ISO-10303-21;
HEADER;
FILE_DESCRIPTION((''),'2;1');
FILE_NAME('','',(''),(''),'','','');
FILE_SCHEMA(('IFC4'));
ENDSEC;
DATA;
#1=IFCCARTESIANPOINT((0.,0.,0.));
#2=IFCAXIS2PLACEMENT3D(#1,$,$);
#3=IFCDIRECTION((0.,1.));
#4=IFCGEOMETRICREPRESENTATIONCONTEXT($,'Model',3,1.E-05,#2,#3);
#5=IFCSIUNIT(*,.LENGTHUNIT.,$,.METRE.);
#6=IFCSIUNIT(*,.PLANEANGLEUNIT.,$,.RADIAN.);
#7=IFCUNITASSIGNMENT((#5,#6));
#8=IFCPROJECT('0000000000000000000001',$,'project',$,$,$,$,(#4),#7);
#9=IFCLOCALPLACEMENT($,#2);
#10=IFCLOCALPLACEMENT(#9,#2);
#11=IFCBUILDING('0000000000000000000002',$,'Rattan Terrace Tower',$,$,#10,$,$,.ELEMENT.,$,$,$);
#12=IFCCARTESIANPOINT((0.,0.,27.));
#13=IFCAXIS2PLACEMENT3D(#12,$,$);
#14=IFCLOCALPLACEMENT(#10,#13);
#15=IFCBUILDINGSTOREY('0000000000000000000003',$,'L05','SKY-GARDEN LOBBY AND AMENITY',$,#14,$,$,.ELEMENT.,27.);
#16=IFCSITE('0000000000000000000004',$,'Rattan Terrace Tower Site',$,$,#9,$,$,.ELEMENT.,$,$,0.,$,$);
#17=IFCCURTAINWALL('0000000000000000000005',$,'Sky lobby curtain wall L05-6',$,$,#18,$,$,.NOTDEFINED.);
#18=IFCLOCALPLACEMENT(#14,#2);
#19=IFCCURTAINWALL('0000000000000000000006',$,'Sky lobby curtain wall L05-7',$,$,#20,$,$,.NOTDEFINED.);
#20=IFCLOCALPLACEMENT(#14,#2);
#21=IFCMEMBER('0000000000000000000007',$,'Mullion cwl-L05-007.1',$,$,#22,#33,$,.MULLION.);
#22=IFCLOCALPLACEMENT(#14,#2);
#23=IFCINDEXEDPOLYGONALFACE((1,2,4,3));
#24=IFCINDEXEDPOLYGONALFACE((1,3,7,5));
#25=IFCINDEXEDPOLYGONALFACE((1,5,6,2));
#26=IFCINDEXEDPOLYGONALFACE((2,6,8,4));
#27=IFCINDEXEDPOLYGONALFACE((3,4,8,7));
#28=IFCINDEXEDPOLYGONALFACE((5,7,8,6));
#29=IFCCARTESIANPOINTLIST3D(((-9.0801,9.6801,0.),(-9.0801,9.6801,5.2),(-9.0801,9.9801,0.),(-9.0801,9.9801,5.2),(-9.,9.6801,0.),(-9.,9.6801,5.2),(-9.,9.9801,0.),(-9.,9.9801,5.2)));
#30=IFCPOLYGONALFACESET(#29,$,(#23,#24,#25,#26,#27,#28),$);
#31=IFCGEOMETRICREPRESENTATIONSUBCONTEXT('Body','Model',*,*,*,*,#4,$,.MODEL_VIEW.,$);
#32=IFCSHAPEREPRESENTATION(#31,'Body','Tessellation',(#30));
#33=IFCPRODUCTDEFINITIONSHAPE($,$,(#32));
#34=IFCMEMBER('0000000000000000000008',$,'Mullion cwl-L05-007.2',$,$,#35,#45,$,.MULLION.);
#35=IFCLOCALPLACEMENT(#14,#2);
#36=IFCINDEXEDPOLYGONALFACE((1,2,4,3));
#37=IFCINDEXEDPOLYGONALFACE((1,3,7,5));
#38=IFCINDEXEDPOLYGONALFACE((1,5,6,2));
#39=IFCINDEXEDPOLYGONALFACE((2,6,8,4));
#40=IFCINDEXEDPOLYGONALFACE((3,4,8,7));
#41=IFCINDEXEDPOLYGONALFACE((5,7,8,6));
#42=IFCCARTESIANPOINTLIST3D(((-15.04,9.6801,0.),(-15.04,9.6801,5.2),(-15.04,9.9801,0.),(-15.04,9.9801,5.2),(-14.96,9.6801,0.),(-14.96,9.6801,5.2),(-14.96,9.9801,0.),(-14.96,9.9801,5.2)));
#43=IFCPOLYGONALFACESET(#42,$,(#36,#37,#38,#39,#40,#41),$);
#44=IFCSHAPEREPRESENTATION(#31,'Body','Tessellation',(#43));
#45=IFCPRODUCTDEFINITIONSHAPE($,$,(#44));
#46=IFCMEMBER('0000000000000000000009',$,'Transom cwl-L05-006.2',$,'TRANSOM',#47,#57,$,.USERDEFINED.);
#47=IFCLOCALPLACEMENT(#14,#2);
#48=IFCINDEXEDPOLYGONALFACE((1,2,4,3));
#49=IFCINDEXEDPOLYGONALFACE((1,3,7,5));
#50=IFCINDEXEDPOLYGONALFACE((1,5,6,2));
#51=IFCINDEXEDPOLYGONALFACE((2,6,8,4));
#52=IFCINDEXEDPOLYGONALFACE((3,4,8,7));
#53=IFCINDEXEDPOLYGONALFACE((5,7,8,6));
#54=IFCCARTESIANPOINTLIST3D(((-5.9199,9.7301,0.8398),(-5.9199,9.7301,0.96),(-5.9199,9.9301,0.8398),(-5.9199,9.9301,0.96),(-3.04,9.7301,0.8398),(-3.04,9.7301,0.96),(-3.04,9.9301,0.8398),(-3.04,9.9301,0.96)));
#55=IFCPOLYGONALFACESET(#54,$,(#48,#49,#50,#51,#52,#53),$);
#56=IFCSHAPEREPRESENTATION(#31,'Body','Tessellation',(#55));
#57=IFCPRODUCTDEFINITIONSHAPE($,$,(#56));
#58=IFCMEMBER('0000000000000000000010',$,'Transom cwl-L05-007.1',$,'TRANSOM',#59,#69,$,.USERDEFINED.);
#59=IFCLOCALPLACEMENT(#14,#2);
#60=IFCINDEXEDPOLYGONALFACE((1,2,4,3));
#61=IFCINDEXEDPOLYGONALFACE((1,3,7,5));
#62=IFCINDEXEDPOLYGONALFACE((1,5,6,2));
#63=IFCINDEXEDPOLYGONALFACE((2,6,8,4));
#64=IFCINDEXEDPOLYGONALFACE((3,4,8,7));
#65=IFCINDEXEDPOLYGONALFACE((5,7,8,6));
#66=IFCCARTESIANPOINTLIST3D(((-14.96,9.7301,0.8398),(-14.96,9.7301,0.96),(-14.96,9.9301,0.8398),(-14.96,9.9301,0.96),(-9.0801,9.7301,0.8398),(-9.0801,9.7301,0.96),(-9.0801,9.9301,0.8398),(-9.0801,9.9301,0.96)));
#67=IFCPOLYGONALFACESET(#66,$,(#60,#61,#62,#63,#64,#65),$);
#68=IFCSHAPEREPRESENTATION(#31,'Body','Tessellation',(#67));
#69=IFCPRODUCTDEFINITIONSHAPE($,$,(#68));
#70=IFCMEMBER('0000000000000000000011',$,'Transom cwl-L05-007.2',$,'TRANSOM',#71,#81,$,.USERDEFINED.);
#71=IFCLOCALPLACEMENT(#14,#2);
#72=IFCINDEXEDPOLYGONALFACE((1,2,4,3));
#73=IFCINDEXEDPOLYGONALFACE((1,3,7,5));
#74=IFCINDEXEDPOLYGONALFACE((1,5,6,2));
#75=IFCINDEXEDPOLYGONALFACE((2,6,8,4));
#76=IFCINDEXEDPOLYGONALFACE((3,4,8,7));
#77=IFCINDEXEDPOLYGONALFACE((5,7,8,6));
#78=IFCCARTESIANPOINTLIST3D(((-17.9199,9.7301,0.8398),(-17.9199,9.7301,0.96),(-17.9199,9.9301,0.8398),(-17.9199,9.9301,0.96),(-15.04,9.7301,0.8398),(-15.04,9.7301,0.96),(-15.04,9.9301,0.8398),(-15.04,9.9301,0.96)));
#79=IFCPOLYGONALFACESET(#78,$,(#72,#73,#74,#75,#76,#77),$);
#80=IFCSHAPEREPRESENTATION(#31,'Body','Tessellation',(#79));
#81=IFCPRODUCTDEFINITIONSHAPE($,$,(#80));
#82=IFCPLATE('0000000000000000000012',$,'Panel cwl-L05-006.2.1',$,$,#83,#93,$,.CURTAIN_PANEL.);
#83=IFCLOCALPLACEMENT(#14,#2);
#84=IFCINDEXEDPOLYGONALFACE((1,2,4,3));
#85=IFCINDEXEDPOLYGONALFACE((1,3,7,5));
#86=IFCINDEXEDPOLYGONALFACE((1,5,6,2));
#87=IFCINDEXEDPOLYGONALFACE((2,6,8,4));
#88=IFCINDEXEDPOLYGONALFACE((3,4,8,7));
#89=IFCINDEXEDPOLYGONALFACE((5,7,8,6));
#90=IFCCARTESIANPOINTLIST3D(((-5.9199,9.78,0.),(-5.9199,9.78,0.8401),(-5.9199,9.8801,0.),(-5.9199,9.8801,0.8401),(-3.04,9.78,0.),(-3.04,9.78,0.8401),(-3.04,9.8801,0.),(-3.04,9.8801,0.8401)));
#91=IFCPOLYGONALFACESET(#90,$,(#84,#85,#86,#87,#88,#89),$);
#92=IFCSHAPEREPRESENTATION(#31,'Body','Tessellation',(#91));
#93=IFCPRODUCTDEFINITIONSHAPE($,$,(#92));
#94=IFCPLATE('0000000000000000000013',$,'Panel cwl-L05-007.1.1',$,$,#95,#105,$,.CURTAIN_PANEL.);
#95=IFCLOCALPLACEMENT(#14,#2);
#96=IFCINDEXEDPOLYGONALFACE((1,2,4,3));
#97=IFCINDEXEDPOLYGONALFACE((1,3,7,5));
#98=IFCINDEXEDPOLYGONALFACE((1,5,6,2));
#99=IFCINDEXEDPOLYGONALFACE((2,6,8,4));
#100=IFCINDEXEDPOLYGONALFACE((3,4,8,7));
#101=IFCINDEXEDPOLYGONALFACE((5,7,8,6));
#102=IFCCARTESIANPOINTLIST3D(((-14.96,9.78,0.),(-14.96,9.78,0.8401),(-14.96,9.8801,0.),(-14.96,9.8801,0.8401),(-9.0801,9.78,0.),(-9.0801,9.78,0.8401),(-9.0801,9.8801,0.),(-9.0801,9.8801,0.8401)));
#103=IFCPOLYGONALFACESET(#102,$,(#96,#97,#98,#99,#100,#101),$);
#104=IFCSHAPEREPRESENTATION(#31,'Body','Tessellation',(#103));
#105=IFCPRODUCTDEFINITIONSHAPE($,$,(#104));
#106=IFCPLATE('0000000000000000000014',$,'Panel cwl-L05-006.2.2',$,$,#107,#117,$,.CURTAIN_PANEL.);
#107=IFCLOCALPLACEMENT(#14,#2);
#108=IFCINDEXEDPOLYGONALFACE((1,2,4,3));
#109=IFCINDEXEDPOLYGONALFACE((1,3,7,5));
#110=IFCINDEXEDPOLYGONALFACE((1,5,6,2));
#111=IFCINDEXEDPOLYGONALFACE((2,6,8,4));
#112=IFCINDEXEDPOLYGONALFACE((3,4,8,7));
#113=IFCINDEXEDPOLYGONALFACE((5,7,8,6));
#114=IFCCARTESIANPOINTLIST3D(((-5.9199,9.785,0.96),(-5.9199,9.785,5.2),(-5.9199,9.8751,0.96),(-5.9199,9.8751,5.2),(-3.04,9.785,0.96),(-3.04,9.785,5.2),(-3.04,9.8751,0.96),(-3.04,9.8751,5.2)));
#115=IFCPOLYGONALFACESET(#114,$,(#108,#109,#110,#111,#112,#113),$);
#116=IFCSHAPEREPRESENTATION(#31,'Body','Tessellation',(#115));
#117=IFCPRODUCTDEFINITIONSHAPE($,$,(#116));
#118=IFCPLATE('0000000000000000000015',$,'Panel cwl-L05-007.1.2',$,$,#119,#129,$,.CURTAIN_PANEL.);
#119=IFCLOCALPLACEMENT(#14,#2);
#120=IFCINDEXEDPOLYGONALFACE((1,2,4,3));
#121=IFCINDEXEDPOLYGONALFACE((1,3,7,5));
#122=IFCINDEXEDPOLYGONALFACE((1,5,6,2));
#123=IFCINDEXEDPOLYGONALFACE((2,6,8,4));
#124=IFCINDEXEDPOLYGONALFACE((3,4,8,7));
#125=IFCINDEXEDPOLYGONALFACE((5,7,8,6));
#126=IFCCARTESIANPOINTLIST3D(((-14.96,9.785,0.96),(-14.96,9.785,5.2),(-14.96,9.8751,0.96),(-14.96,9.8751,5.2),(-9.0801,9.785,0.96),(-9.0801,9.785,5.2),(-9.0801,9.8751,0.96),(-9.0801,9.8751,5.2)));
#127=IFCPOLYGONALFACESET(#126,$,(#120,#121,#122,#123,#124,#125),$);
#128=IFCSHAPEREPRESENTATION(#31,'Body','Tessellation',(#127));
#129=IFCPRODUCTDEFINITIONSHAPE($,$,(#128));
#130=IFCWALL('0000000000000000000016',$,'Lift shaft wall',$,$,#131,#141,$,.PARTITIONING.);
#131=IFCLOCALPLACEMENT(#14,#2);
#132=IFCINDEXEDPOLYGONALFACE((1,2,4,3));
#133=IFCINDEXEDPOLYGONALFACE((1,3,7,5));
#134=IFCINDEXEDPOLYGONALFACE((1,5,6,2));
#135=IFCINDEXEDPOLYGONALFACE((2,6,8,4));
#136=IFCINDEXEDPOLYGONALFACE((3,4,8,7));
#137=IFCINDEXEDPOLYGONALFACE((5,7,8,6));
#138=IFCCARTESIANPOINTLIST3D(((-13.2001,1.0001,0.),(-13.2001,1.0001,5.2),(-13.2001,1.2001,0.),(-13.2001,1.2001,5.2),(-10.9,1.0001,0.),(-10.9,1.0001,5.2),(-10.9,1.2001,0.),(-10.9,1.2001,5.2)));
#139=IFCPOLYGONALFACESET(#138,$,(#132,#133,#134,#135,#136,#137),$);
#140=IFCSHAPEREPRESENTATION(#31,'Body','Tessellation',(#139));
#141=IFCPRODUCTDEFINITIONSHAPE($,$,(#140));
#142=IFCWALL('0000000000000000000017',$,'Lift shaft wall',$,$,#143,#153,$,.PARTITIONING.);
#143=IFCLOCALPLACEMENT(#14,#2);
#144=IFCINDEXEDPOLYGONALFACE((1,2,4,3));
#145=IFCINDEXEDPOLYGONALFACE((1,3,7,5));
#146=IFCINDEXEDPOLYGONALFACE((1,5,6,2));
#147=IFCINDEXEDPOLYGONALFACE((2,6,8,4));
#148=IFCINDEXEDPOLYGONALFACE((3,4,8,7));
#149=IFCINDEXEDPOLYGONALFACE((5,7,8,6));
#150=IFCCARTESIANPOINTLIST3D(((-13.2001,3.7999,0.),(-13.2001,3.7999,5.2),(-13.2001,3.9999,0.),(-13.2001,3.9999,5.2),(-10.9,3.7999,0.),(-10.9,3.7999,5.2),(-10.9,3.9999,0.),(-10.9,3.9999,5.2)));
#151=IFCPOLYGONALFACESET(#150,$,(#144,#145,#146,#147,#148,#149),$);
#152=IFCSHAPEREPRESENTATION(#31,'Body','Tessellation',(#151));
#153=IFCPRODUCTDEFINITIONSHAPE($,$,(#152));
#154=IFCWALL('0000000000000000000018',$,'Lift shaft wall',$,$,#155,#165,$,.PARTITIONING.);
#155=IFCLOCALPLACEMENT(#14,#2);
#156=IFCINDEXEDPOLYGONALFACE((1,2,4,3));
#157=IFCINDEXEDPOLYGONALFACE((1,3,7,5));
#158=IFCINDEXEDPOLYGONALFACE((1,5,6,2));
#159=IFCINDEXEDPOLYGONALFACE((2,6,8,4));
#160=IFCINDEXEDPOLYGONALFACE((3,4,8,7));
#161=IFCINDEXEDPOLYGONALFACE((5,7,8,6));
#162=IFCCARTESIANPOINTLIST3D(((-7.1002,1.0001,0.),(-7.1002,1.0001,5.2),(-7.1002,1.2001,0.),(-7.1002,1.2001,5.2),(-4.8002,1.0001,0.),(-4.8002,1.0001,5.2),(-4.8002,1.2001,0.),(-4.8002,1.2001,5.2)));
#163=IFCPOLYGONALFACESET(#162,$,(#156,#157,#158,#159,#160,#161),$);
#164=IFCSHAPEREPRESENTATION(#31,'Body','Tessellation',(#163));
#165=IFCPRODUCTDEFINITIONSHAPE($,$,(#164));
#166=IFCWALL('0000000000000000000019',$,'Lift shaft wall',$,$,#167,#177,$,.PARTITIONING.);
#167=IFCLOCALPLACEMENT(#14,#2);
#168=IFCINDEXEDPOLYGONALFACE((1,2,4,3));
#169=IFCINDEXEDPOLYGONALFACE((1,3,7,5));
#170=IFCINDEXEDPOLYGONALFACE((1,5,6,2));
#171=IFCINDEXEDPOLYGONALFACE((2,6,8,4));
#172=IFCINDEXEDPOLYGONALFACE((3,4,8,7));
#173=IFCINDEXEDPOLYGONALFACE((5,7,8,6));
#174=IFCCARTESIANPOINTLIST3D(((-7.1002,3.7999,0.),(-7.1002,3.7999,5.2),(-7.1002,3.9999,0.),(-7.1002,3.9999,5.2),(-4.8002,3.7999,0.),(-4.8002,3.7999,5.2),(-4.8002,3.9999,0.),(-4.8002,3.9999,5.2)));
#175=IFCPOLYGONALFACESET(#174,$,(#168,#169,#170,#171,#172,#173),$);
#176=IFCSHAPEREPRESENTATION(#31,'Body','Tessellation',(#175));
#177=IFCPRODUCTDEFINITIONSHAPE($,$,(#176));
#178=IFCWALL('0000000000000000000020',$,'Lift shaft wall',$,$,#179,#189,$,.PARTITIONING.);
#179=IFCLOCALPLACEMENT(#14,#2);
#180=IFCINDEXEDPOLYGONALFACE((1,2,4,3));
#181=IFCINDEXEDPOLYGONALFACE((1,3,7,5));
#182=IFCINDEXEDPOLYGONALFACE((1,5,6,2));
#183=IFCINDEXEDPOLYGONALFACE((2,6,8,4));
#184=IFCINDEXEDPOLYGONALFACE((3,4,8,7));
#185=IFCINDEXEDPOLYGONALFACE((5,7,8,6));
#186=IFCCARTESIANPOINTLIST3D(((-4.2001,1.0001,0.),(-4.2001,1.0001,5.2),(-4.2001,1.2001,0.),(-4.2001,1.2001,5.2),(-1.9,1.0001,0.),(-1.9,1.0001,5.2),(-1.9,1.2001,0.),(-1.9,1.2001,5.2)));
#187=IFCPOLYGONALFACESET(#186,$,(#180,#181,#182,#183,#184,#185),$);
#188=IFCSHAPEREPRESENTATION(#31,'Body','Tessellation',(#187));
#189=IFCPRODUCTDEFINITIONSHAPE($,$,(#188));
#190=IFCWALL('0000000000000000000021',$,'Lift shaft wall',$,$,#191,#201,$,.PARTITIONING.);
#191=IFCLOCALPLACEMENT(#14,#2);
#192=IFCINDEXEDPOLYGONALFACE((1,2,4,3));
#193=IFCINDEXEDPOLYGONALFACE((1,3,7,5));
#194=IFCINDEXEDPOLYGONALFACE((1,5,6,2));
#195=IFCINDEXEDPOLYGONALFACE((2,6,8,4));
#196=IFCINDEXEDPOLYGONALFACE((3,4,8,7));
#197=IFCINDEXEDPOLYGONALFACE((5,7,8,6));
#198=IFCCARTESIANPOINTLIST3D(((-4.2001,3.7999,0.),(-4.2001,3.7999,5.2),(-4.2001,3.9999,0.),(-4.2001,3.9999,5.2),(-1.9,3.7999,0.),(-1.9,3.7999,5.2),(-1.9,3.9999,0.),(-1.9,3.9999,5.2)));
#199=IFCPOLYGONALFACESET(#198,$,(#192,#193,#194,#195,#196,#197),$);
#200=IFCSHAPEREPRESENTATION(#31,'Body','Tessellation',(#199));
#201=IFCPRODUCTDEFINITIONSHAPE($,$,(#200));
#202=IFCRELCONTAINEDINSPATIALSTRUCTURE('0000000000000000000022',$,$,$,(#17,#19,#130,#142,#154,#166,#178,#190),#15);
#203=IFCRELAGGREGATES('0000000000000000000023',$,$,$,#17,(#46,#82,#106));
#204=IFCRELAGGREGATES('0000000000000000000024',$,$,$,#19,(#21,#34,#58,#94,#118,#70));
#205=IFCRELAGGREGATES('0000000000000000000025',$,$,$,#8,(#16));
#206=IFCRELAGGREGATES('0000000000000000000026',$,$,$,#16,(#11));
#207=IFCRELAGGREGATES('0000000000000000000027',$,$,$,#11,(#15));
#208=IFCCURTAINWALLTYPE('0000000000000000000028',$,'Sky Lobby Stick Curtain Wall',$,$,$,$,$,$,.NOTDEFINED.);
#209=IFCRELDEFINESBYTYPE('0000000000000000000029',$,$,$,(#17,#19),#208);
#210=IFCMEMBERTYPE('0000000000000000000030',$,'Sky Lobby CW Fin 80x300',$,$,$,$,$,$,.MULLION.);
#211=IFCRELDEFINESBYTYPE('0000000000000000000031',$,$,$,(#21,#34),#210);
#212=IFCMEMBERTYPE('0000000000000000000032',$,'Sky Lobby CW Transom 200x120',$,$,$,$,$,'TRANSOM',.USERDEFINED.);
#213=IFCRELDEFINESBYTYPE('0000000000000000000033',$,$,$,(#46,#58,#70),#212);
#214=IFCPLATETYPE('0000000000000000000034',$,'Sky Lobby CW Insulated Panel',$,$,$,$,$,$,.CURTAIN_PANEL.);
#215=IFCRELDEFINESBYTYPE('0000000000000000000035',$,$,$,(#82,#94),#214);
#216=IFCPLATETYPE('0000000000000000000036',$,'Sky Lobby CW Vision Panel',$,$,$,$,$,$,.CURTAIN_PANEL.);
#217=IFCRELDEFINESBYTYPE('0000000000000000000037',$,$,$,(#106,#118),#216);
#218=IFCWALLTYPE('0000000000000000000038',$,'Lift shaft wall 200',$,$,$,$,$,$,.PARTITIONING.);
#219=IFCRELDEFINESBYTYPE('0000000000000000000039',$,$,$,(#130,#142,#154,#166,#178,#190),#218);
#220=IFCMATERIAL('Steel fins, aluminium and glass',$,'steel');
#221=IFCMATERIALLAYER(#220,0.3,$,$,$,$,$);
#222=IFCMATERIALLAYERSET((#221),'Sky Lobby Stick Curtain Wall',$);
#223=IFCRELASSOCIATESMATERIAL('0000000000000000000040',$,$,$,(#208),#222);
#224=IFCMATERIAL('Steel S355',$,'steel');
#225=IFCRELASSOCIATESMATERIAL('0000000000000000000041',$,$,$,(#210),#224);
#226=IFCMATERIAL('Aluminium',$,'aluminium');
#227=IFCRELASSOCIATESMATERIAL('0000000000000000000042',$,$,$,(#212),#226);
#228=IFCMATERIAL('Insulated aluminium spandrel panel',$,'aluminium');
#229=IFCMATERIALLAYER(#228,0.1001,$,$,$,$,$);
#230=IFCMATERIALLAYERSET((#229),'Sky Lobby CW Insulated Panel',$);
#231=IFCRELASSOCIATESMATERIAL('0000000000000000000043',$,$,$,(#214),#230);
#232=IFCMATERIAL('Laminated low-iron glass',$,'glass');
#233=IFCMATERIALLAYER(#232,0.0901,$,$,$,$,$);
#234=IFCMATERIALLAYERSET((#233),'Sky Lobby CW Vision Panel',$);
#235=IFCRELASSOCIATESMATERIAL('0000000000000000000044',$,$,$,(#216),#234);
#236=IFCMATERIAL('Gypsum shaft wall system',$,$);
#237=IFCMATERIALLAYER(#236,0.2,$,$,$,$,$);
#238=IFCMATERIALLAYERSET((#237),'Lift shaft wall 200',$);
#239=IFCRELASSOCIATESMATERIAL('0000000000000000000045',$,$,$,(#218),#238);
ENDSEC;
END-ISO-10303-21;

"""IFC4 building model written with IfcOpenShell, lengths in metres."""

from ifc_helpers import new_model, si_unit, direction, frame, frame_2d, origin, origin_2d, place, context, subcontext, project, spatial, rectangle, extrude, material, layer, layer_set, material_profile, profile_set, type_object, element, aggregate, save


model = new_model("IFC4")

# Units and contexts
model_context = context("Model", 3, precision=1e-05, world=origin(), true_north=direction((0.0, 1.0)))
body_context = subcontext(model_context, "Body", "Model", "MODEL_VIEW")
ifc_project = project(units=[si_unit("LENGTHUNIT", "METRE"), si_unit("PLANEANGLEUNIT", "RADIAN")], contexts=[model_context])

# Site, building, storey
site_placement = place(None, origin())
site = spatial("IfcSite", under=ifc_project, at=site_placement, Name="Rattan Terrace Tower Site", CompositionType="ELEMENT", RefElevation=0.0)
building_placement = place(site_placement, origin())
building = spatial("IfcBuilding", under=site, at=building_placement, Name="Rattan Terrace Tower", CompositionType="ELEMENT")
storey_placement = place(building_placement, frame((0.0, 0.0, 27.0)))
storey = spatial("IfcBuildingStorey", under=building, at=storey_placement, Name="L05", Description="SKY-GARDEN LOBBY AND AMENITY", CompositionType="ELEMENT", Elevation=27.0)

# Curtain wall
ifc_material_1 = material(Name="Steel fins, aluminium and glass", Category="steel")
ifc_layer_1 = layer(ifc_material_1, 0.3)
ifc_layer_set_1 = layer_set([ifc_layer_1], Name="Sky Lobby Stick Curtain Wall")
curtain_wall_type = type_object("IfcCurtainWallType", Name="Sky Lobby Stick Curtain Wall", PredefinedType="NOTDEFINED", material=ifc_layer_set_1)
curtain_wall_1_placement = place(storey_placement, origin())
curtain_wall_1 = element("IfcCurtainWall", 1, at=curtain_wall_1_placement, inside=storey, type_object=curtain_wall_type, Name="Sky lobby curtain wall L05-6", PredefinedType="NOTDEFINED")
ifc_material_2 = material(Name="Steel S355", Category="steel")
ifc_material_profile_1 = material_profile(ifc_material_2, rectangle(XDim=0.0801, YDim=0.3, at=origin_2d()), Name="Steel S355 80x300")
ifc_profile_set_1 = profile_set([ifc_material_profile_1], Name="Steel S355")
member_type_1 = type_object("IfcMemberType", Name="Sky Lobby CW Fin 80x300", PredefinedType="MULLION", material=ifc_profile_set_1)

# Curtain wall, members
curtain_wall_2_placement = place(storey_placement, origin())
curtain_wall_2 = element("IfcCurtainWall", 2, at=curtain_wall_2_placement, inside=storey, type_object=curtain_wall_type, Name="Sky lobby curtain wall L05-7", PredefinedType="NOTDEFINED")
member_1_placement = place(storey_placement, frame((-9.04, 9.8301, 0.0), z_axis=(0.0, 0.0, 1.0), x_axis=(-1.0, 0.0, 0.0)))
member_1 = element("IfcMember", 3, at=member_1_placement, type_object=member_type_1, Name="Mullion cwl-L05-007.1", PredefinedType="MULLION", context=body_context, shape_type="SweptSolid", body=[
    extrude(rectangle(XDim=0.0801, YDim=0.3, at=origin_2d()), origin(), (0.0, 0.0, 1.0), 5.2),
])
member_2_placement = place(storey_placement, frame((-15.0, 9.8301, 0.0), z_axis=(0.0, 0.0, 1.0), x_axis=(-1.0, 0.0, 0.0)))
member_2 = element("IfcMember", 4, at=member_2_placement, type_object=member_type_1, Name="Mullion cwl-L05-007.2", PredefinedType="MULLION", context=body_context, shape_type="SweptSolid", body=[
    extrude(rectangle(XDim=0.0801, YDim=0.3, at=origin_2d()), origin(), (0.0, 0.0, 1.0), 5.2),
])

# Members
ifc_material_3 = material(Name="Aluminium", Category="aluminium")
ifc_material_profile_2 = material_profile(ifc_material_3, rectangle(XDim=0.2, YDim=0.1201, at=origin_2d()), Name="Aluminium 200x120")
ifc_profile_set_2 = profile_set([ifc_material_profile_2], Name="Aluminium")
member_type_2 = type_object("IfcMemberType", Name="Sky Lobby CW Transom 200x120", ElementType="TRANSOM", PredefinedType="USERDEFINED", material=ifc_profile_set_2)
member_3_placement = place(storey_placement, frame((-3.04, 9.8301, 0.8999), z_axis=(-1.0, 0.0, 0.0), x_axis=(0.0, -1.0, 0.0)))
member_3 = element("IfcMember", 5, at=member_3_placement, type_object=member_type_2, Name="Transom cwl-L05-006.2", ObjectType="TRANSOM", PredefinedType="USERDEFINED", context=body_context, shape_type="SweptSolid", body=[
    extrude(rectangle(XDim=0.2, YDim=0.1201, at=origin_2d()), origin(), (0.0, 0.0, 1.0), 2.8799),
])
member_4_placement = place(storey_placement, frame((-9.0801, 9.8301, 0.8999), z_axis=(-1.0, 0.0, 0.0), x_axis=(0.0, -1.0, 0.0)))
member_4 = element("IfcMember", 6, at=member_4_placement, type_object=member_type_2, Name="Transom cwl-L05-007.1", ObjectType="TRANSOM", PredefinedType="USERDEFINED", context=body_context, shape_type="SweptSolid", body=[
    extrude(rectangle(XDim=0.2, YDim=0.1201, at=origin_2d()), origin(), (0.0, 0.0, 1.0), 5.8799),
])
member_5_placement = place(storey_placement, frame((-15.04, 9.8301, 0.8999), z_axis=(-1.0, 0.0, 0.0), x_axis=(0.0, -1.0, 0.0)))
member_5 = element("IfcMember", 7, at=member_5_placement, type_object=member_type_2, Name="Transom cwl-L05-007.2", ObjectType="TRANSOM", PredefinedType="USERDEFINED", context=body_context, shape_type="SweptSolid", body=[
    extrude(rectangle(XDim=0.2, YDim=0.1201, at=origin_2d()), origin(), (0.0, 0.0, 1.0), 2.8799),
])

# Plates
ifc_material_4 = material(Name="Insulated aluminium spandrel panel", Category="aluminium")
ifc_layer_2 = layer(ifc_material_4, 0.1001)
ifc_layer_set_2 = layer_set([ifc_layer_2], Name="Sky Lobby CW Insulated Panel")
plate_type_1 = type_object("IfcPlateType", Name="Sky Lobby CW Insulated Panel", PredefinedType="CURTAIN_PANEL", material=ifc_layer_set_2)
plate_1_placement = place(storey_placement, frame((-4.48, 9.8301, 0.0), z_axis=(0.0, 0.0, 1.0), x_axis=(-1.0, 0.0, 0.0)))
plate_1 = element("IfcPlate", 8, at=plate_1_placement, type_object=plate_type_1, Name="Panel cwl-L05-006.2.1", PredefinedType="CURTAIN_PANEL", context=body_context, shape_type="SweptSolid", body=[
    extrude(rectangle(XDim=2.8799, YDim=0.1001, at=origin_2d()), origin(), (0.0, 0.0, 1.0), 0.8401),
])
plate_2_placement = place(storey_placement, frame((-12.02, 9.8301, 0.0), z_axis=(0.0, 0.0, 1.0), x_axis=(-1.0, 0.0, 0.0)))
plate_2 = element("IfcPlate", 9, at=plate_2_placement, type_object=plate_type_1, Name="Panel cwl-L05-007.1.1", PredefinedType="CURTAIN_PANEL", context=body_context, shape_type="SweptSolid", body=[
    extrude(rectangle(XDim=5.8799, YDim=0.1001, at=origin_2d()), origin(), (0.0, 0.0, 1.0), 0.8401),
])
ifc_material_5 = material(Name="Laminated low-iron glass", Category="glass")
ifc_layer_3 = layer(ifc_material_5, 0.0901)
ifc_layer_set_3 = layer_set([ifc_layer_3], Name="Sky Lobby CW Vision Panel")
plate_type_2 = type_object("IfcPlateType", Name="Sky Lobby CW Vision Panel", PredefinedType="CURTAIN_PANEL", material=ifc_layer_set_3)
plate_3_placement = place(storey_placement, frame((-4.48, 9.8301, 0.96), z_axis=(0.0, 0.0, 1.0), x_axis=(-1.0, 0.0, 0.0)))
plate_3 = element("IfcPlate", 10, at=plate_3_placement, type_object=plate_type_2, Name="Panel cwl-L05-006.2.2", PredefinedType="CURTAIN_PANEL", context=body_context, shape_type="SweptSolid", body=[
    extrude(rectangle(XDim=2.8799, YDim=0.0901, at=origin_2d()), origin(), (0.0, 0.0, 1.0), 4.24),
])
aggregate(curtain_wall_1, [member_3, plate_1, plate_3])
plate_4_placement = place(storey_placement, frame((-12.02, 9.8301, 0.96), z_axis=(0.0, 0.0, 1.0), x_axis=(-1.0, 0.0, 0.0)))
plate_4 = element("IfcPlate", 11, at=plate_4_placement, type_object=plate_type_2, Name="Panel cwl-L05-007.1.2", PredefinedType="CURTAIN_PANEL", context=body_context, shape_type="SweptSolid", body=[
    extrude(rectangle(XDim=5.8799, YDim=0.0901, at=origin_2d()), origin(), (0.0, 0.0, 1.0), 4.24),
])
aggregate(curtain_wall_2, [member_1, member_2, member_4, plate_2, plate_4, member_5])

# Walls
ifc_material_6 = material(Name="Gypsum shaft wall system")
ifc_layer_4 = layer(ifc_material_6, 0.2)
ifc_layer_set_4 = layer_set([ifc_layer_4], Name="Lift shaft wall 200")
wall_type_1 = type_object("IfcWallType", Name="Lift shaft wall 200", PredefinedType="PARTITIONING", material=ifc_layer_set_4)
for number, where, z_axis, x_axis, name in (
    (12, (-13.2, 1.1001, 0.0), (0.0, 0.0, 1.0), (1.0, 0.0, 0.0), "Lift shaft wall"),
    (13, (-13.2, 3.8999, 0.0), (0.0, 0.0, 1.0), (1.0, 0.0, 0.0), "Lift shaft wall"),
    (14, (-7.1001, 1.1001, 0.0), (0.0, 0.0, 1.0), (1.0, 0.0, 0.0), "Lift shaft wall"),
    (15, (-7.1001, 3.8999, 0.0), (0.0, 0.0, 1.0), (1.0, 0.0, 0.0), "Lift shaft wall"),
    (16, (-4.2, 1.1001, 0.0), (0.0, 0.0, 1.0), (1.0, 0.0, 0.0), "Lift shaft wall"),
    (17, (-4.2, 3.8999, 0.0), (0.0, 0.0, 1.0), (1.0, 0.0, 0.0), "Lift shaft wall"),
):
    element("IfcWall", number, at=place(storey_placement, frame(where, z_axis=z_axis, x_axis=x_axis)), inside=storey, type_object=wall_type_1, Name=name, PredefinedType="PARTITIONING", context=body_context, shape_type="SweptSolid", body=[
        extrude(rectangle(XDim=2.3, YDim=0.2, at=frame_2d((1.1499, 0.0))), origin(), (0.0, 0.0, 1.0), 5.2),
    ])

save(model, "model.ifc")
